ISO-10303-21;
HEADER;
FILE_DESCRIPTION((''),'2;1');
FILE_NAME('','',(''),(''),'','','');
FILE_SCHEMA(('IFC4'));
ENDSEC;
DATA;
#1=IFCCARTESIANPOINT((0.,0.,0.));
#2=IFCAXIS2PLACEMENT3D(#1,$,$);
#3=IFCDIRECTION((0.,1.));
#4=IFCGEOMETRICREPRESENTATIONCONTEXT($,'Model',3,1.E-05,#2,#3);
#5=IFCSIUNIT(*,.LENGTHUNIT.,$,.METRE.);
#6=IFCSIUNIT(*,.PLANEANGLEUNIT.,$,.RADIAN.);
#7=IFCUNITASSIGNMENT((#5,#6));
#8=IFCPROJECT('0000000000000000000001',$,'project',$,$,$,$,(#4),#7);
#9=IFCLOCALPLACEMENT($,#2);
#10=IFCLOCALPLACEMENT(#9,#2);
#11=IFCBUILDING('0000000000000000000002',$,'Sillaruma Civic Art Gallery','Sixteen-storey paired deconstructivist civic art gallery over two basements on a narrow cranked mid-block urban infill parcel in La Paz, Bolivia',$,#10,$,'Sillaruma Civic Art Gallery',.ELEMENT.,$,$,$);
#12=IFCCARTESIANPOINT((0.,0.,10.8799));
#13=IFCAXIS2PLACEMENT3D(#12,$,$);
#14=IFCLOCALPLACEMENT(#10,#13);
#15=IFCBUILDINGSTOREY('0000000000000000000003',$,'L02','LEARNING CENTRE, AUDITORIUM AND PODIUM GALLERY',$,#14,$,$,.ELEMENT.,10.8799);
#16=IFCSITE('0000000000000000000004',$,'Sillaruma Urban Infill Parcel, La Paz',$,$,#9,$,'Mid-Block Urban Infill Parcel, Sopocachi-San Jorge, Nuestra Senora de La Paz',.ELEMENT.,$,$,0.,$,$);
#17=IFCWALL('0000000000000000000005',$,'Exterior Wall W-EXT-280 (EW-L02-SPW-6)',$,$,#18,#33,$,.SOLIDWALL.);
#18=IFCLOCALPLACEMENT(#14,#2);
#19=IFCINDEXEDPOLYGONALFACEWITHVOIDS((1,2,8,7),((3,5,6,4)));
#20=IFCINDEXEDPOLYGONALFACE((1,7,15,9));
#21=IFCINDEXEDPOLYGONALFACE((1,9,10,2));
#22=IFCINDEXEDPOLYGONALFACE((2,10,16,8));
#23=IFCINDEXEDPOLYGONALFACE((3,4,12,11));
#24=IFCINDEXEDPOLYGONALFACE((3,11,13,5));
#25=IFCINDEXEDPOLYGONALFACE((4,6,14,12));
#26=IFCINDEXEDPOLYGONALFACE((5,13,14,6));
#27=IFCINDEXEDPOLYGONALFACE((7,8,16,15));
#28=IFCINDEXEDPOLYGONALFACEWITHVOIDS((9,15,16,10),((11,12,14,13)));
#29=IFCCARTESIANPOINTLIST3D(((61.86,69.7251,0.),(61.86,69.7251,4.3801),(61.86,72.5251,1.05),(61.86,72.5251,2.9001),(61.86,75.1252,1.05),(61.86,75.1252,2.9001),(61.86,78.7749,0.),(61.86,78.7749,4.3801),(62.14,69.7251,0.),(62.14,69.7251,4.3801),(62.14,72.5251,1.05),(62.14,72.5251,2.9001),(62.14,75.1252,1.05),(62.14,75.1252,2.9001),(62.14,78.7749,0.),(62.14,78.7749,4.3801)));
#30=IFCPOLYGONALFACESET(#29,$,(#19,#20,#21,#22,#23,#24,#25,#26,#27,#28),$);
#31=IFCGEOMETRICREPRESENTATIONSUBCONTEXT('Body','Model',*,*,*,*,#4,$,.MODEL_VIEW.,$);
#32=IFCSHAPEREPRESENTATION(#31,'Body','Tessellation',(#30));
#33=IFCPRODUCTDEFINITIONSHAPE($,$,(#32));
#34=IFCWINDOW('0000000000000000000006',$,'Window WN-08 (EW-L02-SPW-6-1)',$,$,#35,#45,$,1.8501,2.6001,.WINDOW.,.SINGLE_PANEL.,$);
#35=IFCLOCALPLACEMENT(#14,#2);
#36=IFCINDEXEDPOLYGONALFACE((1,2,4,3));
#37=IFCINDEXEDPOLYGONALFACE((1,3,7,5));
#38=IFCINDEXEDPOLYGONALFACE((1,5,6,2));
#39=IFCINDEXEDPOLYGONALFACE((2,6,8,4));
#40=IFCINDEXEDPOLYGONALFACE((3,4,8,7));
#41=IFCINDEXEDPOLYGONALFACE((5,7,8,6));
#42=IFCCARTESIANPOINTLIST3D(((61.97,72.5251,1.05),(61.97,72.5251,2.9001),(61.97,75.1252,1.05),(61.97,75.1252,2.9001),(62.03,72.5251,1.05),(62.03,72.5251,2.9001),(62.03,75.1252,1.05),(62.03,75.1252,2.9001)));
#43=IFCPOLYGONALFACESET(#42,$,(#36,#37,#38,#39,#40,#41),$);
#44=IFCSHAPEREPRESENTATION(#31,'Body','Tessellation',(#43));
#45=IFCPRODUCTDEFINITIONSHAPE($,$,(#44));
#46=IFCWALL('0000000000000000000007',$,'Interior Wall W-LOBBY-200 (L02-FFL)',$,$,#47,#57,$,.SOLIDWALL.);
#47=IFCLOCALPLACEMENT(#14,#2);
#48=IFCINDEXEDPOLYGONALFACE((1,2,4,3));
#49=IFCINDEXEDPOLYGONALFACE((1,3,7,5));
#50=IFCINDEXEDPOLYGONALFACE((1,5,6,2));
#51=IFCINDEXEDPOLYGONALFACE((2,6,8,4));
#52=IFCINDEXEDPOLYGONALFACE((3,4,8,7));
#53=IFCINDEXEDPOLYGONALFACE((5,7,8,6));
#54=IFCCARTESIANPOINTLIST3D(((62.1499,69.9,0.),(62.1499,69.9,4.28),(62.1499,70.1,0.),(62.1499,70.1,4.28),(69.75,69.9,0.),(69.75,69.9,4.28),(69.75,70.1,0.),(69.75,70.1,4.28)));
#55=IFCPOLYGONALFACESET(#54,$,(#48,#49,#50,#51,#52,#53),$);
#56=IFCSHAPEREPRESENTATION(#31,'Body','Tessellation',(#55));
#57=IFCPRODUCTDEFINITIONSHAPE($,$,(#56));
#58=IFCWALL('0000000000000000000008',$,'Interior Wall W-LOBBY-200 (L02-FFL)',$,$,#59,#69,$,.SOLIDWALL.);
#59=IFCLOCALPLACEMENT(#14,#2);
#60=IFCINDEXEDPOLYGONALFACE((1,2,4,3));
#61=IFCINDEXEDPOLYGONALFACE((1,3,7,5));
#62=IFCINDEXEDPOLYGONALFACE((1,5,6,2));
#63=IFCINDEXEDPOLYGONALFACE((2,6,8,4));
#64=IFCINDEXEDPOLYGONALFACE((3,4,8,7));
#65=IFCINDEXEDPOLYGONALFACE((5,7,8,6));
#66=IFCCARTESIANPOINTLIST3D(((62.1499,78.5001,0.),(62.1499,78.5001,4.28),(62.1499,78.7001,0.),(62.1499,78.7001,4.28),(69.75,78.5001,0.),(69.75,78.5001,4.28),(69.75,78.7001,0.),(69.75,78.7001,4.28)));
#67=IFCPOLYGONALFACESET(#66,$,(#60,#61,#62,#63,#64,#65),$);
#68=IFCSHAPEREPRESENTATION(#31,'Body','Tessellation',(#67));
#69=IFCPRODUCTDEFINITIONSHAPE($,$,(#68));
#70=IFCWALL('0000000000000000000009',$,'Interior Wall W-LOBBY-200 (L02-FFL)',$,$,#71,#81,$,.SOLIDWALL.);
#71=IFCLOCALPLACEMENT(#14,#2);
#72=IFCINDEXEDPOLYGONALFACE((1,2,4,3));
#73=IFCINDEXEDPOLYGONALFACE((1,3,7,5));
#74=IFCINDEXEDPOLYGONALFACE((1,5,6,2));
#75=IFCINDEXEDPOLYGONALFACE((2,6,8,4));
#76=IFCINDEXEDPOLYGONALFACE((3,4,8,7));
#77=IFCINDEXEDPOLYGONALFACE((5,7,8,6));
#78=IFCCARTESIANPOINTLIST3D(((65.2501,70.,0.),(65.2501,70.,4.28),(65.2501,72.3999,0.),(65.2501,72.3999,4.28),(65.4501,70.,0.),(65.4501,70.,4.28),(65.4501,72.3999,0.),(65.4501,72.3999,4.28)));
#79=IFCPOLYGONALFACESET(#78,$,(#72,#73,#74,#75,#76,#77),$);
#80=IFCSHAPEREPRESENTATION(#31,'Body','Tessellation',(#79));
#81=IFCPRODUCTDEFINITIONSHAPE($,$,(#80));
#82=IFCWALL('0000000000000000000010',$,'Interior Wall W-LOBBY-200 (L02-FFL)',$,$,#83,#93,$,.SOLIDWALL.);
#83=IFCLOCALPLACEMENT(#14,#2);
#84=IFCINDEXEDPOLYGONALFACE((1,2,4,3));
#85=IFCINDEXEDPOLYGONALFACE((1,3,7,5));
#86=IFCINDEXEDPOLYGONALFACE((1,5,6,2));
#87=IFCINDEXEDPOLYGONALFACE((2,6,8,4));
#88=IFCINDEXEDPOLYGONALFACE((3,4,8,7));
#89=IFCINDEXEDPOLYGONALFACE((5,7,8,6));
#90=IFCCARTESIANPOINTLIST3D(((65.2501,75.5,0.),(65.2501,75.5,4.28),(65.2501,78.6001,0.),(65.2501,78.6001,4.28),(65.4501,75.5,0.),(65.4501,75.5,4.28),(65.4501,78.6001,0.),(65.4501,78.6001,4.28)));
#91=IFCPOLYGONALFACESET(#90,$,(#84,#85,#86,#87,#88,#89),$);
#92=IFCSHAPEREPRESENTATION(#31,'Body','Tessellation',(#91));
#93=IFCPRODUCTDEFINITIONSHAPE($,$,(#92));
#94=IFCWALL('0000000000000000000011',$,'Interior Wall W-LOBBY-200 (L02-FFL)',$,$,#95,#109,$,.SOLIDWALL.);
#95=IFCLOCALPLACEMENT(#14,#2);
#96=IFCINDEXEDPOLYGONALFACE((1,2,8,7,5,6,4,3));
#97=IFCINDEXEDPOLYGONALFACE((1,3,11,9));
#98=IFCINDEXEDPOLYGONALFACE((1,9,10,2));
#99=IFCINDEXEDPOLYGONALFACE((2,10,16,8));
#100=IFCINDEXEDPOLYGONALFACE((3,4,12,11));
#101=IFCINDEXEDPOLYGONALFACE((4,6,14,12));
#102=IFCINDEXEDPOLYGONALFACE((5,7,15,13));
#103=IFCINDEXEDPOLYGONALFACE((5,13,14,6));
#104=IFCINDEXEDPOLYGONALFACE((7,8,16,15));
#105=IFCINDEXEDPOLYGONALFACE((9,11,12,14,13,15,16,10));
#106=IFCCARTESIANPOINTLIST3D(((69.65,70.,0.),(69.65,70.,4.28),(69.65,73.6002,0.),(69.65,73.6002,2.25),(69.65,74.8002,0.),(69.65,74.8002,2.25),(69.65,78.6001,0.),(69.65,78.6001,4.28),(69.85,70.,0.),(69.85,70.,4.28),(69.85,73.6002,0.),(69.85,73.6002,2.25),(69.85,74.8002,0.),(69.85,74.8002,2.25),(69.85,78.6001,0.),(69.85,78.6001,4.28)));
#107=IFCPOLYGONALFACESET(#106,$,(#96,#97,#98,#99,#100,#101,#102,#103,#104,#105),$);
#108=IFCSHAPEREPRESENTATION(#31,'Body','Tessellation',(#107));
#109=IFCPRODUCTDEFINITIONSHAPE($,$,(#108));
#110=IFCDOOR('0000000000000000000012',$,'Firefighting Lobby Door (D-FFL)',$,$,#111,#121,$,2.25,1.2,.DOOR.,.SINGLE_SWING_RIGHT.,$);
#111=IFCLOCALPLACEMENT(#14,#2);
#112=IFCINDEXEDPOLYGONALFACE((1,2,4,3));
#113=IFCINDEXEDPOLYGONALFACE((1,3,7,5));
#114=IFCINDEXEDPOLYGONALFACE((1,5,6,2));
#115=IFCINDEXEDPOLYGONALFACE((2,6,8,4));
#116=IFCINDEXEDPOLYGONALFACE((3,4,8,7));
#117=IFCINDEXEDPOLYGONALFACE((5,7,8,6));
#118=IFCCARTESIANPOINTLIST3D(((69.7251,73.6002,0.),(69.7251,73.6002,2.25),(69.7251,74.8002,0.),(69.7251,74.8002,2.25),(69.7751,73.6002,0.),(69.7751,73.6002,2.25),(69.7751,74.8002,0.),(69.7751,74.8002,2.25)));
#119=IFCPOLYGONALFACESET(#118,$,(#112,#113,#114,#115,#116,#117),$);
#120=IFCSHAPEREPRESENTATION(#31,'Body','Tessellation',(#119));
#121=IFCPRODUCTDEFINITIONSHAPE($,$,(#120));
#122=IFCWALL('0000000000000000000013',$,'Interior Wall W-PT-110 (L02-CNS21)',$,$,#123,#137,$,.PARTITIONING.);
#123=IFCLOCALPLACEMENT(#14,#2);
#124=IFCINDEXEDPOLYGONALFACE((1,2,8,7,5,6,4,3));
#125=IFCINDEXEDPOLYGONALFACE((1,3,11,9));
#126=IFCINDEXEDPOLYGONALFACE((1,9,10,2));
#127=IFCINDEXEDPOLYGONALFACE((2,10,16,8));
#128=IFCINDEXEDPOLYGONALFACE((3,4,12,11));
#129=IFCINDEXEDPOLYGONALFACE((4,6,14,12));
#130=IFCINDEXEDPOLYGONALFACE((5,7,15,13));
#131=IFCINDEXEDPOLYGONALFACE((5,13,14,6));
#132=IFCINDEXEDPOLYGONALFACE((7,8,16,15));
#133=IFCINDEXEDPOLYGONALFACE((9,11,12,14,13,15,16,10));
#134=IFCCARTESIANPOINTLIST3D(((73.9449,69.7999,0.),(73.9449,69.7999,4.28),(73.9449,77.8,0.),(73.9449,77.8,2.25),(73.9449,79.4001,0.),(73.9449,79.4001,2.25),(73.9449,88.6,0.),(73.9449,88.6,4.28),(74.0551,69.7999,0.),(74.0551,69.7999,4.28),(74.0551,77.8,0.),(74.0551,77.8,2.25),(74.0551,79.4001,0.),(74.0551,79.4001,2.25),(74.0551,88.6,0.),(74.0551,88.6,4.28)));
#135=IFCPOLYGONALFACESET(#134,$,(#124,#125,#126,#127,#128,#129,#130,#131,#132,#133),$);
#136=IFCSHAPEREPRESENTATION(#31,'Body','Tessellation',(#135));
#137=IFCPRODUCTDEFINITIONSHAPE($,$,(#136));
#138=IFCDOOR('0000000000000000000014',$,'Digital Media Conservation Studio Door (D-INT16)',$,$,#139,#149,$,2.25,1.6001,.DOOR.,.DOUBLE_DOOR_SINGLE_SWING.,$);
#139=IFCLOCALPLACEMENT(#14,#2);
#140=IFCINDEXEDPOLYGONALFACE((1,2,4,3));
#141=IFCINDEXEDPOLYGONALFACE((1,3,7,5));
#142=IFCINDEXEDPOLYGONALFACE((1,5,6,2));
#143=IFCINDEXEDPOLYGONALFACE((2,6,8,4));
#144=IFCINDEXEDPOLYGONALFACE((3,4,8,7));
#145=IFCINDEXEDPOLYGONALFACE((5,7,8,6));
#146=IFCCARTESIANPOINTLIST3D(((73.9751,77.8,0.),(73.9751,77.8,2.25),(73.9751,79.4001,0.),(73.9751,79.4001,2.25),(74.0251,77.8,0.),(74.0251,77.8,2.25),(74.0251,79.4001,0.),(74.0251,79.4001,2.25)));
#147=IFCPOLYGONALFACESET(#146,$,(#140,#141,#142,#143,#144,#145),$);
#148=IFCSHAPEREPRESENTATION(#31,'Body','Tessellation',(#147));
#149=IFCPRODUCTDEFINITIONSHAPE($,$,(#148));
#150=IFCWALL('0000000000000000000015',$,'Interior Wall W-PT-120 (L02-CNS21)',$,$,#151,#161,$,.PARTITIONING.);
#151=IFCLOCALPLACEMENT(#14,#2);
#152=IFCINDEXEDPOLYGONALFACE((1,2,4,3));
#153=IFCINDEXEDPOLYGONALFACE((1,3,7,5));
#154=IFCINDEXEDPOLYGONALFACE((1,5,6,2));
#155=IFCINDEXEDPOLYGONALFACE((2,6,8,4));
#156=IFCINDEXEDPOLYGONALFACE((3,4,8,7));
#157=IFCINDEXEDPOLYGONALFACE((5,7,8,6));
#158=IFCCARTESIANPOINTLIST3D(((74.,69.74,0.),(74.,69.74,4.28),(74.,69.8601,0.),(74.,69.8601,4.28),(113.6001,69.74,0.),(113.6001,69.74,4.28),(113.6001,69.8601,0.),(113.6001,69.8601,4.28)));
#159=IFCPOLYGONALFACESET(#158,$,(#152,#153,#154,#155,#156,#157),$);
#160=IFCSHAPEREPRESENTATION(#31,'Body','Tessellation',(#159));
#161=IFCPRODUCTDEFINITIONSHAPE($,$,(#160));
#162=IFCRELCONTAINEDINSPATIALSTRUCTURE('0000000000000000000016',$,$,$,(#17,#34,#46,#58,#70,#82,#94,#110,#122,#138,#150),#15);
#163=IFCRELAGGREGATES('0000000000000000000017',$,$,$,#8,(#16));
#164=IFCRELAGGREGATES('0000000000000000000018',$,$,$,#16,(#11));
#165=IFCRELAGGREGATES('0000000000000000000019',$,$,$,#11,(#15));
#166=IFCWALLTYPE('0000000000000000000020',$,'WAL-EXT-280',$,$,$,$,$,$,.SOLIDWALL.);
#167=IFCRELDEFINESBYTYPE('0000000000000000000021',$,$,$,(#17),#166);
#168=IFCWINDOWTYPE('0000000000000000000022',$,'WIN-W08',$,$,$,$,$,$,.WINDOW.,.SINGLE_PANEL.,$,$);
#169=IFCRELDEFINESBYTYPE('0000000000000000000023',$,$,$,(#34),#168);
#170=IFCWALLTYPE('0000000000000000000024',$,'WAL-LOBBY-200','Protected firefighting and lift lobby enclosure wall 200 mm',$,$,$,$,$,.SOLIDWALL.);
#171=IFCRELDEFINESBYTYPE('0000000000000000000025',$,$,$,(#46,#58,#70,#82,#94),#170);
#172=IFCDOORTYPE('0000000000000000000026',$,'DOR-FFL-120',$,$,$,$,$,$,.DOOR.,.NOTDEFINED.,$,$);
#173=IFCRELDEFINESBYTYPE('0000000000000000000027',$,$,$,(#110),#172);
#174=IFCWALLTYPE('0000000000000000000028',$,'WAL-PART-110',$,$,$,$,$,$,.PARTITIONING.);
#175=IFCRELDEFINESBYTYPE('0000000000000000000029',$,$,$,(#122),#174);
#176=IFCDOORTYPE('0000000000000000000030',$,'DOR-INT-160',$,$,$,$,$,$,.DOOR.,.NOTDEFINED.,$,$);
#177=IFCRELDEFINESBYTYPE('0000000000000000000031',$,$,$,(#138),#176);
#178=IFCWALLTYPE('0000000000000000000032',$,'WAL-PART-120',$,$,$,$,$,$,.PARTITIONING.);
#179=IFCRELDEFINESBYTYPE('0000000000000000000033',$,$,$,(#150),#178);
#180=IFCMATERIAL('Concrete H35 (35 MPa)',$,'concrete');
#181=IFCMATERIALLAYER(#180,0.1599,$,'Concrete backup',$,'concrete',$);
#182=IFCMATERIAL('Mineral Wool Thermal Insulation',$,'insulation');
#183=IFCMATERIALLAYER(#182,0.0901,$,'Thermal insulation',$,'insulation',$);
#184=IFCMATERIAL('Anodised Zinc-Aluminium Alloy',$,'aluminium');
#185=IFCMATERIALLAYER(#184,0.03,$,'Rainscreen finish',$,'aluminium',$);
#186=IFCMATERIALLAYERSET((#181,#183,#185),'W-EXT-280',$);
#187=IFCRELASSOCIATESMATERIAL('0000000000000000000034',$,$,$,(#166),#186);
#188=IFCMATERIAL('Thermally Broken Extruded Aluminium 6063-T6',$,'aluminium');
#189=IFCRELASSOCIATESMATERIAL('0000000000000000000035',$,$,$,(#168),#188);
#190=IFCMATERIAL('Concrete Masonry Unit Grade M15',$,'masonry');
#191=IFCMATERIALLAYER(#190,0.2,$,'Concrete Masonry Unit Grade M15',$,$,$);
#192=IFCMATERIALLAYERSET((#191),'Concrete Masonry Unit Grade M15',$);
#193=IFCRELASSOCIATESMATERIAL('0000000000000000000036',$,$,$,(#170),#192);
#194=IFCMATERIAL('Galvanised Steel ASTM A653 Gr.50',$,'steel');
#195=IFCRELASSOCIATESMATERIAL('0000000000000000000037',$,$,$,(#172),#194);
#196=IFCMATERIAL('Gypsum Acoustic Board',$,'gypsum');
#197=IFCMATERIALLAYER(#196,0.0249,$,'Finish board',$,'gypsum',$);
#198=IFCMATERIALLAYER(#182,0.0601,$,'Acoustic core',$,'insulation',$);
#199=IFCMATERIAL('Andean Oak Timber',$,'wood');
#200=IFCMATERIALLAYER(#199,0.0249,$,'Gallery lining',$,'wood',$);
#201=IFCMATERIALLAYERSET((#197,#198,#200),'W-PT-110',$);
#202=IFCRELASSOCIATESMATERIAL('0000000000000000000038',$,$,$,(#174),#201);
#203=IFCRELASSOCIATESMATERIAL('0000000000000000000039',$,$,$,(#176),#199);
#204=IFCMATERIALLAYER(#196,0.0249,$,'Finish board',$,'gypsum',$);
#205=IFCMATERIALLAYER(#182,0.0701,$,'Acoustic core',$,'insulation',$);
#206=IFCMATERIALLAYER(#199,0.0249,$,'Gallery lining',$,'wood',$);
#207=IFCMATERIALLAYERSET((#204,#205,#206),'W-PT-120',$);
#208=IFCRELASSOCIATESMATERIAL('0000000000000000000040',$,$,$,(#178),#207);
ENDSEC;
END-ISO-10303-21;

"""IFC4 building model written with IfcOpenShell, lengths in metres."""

from ifc_helpers import new_model, si_unit, direction, frame, frame_2d, origin, place, context, subcontext, project, spatial, rectangle, extrude, material, layer, layer_set, type_object, element, fill, save


model = new_model("IFC4")

# Units and contexts
model_context = context("Model", 3, precision=1e-05, world=origin(), true_north=direction((0.0, 1.0)))
body_context = subcontext(model_context, "Body", "Model", "MODEL_VIEW")
ifc_project = project(units=[si_unit("LENGTHUNIT", "METRE"), si_unit("PLANEANGLEUNIT", "RADIAN")], contexts=[model_context])

# Site, building, storey
site_placement = place(None, origin())
site = spatial("IfcSite", under=ifc_project, at=site_placement, Name="Sillaruma Urban Infill Parcel, La Paz", LongName="Mid-Block Urban Infill Parcel, Sopocachi-San Jorge, Nuestra Senora de La Paz", CompositionType="ELEMENT", RefElevation=0.0)
building_placement = place(site_placement, origin())
building = spatial("IfcBuilding", under=site, at=building_placement, Name="Sillaruma Civic Art Gallery", Description="Sixteen-storey paired deconstructivist civic art gallery over two basements on a narrow cranked mid-block urban infill parcel in La Paz, Bolivia", LongName="Sillaruma Civic Art Gallery", CompositionType="ELEMENT")
storey_placement = place(building_placement, frame((0.0, 0.0, 10.8799)))
storey = spatial("IfcBuildingStorey", under=building, at=storey_placement, Name="L02", Description="LEARNING CENTRE, AUDITORIUM AND PODIUM GALLERY", CompositionType="ELEMENT", Elevation=10.8799)

# Shared definitions
ifc_material_1 = material(Name="Concrete H35 (35 MPa)", Category="concrete")

# Wall, opening, window
ifc_layer_1 = layer(ifc_material_1, 0.1599, Name="Concrete backup", Category="concrete")
ifc_material_2 = material(Name="Mineral Wool Thermal Insulation", Category="insulation")
ifc_layer_2 = layer(ifc_material_2, 0.0901, Name="Thermal insulation", Category="insulation")
ifc_material_3 = material(Name="Anodised Zinc-Aluminium Alloy", Category="aluminium")
ifc_layer_3 = layer(ifc_material_3, 0.03, Name="Rainscreen finish", Category="aluminium")
ifc_layer_set_1 = layer_set([ifc_layer_1, ifc_layer_2, ifc_layer_3], Name="W-EXT-280")
wall_type_1 = type_object("IfcWallType", Name="WAL-EXT-280", PredefinedType="SOLIDWALL", material=ifc_layer_set_1)
wall_1_placement = place(storey_placement, frame((62.0, 69.7251, 0.0), z_axis=(0.0, 0.0, 1.0), x_axis=(0.0, 1.0, 0.0)))
wall_1 = element("IfcWall", 1, at=wall_1_placement, inside=storey, type_object=wall_type_1, Name="Exterior Wall W-EXT-280 (EW-L02-SPW-6)", PredefinedType="SOLIDWALL", context=body_context, shape_type="SweptSolid", body=[
    extrude(rectangle(XDim=9.0498, YDim=0.28, at=frame_2d((4.5249, 0.0))), origin(), (0.0, 0.0, 1.0), 4.3801),
])
opening_1_placement = place(wall_1_placement, frame((2.8, 0.0, 1.05)))
opening_1 = element("IfcOpeningElement", 2, at=opening_1_placement, cuts=wall_1, PredefinedType="OPENING", context=body_context, shape_type="SweptSolid", body=[
    extrude(rectangle(XDim=2.6001, YDim=1.8501, at=frame_2d((1.3, 0.925))), frame((0.0, 0.1499, 0.0), z_axis=(0.0, -1.0, 0.0), x_axis=(1.0, 0.0, 0.0)), (0.0, 0.0, 1.0), 0.3),
])
ifc_material_4 = material(Name="Thermally Broken Extruded Aluminium 6063-T6", Category="aluminium")
window_type = type_object("IfcWindowType", Name="WIN-W08", PartitioningType="SINGLE_PANEL", PredefinedType="WINDOW", material=ifc_material_4)
window_placement = place(opening_1_placement, origin())
window = element("IfcWindow", 3, at=window_placement, inside=storey, type_object=window_type, Name="Window WN-08 (EW-L02-SPW-6-1)", OverallHeight=1.8501, OverallWidth=2.6001, PartitioningType="SINGLE_PANEL", PredefinedType="WINDOW", context=body_context, shape_type="SweptSolid", body=[
    extrude(rectangle(XDim=2.6001, YDim=1.8501, at=frame_2d((1.3, 0.925))), frame((0.0, 0.03, 0.0), z_axis=(0.0, -1.0, 0.0), x_axis=(1.0, 0.0, 0.0)), (0.0, 0.0, 1.0), 0.0601),
])
fill(opening_1, window)

# Walls
ifc_material_5 = material(Name="Concrete Masonry Unit Grade M15", Category="masonry")
ifc_layer_4 = layer(ifc_material_5, 0.2, Name="Concrete Masonry Unit Grade M15")
ifc_layer_set_2 = layer_set([ifc_layer_4], Name="Concrete Masonry Unit Grade M15")
wall_type_2 = type_object("IfcWallType", Name="WAL-LOBBY-200", Description="Protected firefighting and lift lobby enclosure wall 200 mm", PredefinedType="SOLIDWALL", material=ifc_layer_set_2)
for number, where, z_axis, x_axis, name in (
    (4, (62.1499, 70.0, 0.0), (0.0, 0.0, 1.0), (1.0, 0.0, 0.0), "Interior Wall W-LOBBY-200 (L02-FFL)"),
    (5, (62.1499, 78.6001, 0.0), (0.0, 0.0, 1.0), (1.0, 0.0, 0.0), "Interior Wall W-LOBBY-200 (L02-FFL)"),
):
    element("IfcWall", number, at=place(storey_placement, frame(where, z_axis=z_axis, x_axis=x_axis)), inside=storey, type_object=wall_type_2, Name=name, PredefinedType="SOLIDWALL", context=body_context, shape_type="SweptSolid", body=[
        extrude(rectangle(XDim=7.6001, YDim=0.2, at=frame_2d((3.8, 0.0))), origin(), (0.0, 0.0, 1.0), 4.28),
    ])
wall_2_placement = place(storey_placement, frame((65.3501, 70.0, 0.0), z_axis=(0.0, 0.0, 1.0), x_axis=(0.0, 1.0, 0.0)))
element("IfcWall", 6, at=wall_2_placement, inside=storey, type_object=wall_type_2, Name="Interior Wall W-LOBBY-200 (L02-FFL)", PredefinedType="SOLIDWALL", context=body_context, shape_type="SweptSolid", body=[
    extrude(rectangle(XDim=2.3999, YDim=0.2, at=frame_2d((1.2, 0.0))), origin(), (0.0, 0.0, 1.0), 4.28),
])
wall_3_placement = place(storey_placement, frame((65.3501, 75.5, 0.0), z_axis=(0.0, 0.0, 1.0), x_axis=(0.0, 1.0, 0.0)))
element("IfcWall", 7, at=wall_3_placement, inside=storey, type_object=wall_type_2, Name="Interior Wall W-LOBBY-200 (L02-FFL)", PredefinedType="SOLIDWALL", context=body_context, shape_type="SweptSolid", body=[
    extrude(rectangle(XDim=3.1001, YDim=0.2, at=frame_2d((1.55, 0.0))), origin(), (0.0, 0.0, 1.0), 4.28),
])

# Walls, openings, doors
wall_4_placement = place(storey_placement, frame((69.75, 70.0, 0.0), z_axis=(0.0, 0.0, 1.0), x_axis=(0.0, 1.0, 0.0)))
wall_4 = element("IfcWall", 8, at=wall_4_placement, inside=storey, type_object=wall_type_2, Name="Interior Wall W-LOBBY-200 (L02-FFL)", PredefinedType="SOLIDWALL", context=body_context, shape_type="SweptSolid", body=[
    extrude(rectangle(XDim=8.6001, YDim=0.2, at=frame_2d((4.3, 0.0))), origin(), (0.0, 0.0, 1.0), 4.28),
])
opening_2_placement = place(wall_4_placement, frame((3.6001, 0.0, 0.0)))
opening_2 = element("IfcOpeningElement", 9, at=opening_2_placement, cuts=wall_4, PredefinedType="OPENING", context=body_context, shape_type="SweptSolid", body=[
    extrude(rectangle(XDim=1.2, YDim=2.25, at=frame_2d((0.6001, 1.125))), frame((0.0, 0.1099, 0.0), z_axis=(0.0, -1.0, 0.0), x_axis=(1.0, 0.0, 0.0)), (0.0, 0.0, 1.0), 0.22),
])
ifc_material_6 = material(Name="Galvanised Steel ASTM A653 Gr.50", Category="steel")
door_type_1 = type_object("IfcDoorType", Name="DOR-FFL-120", OperationType="NOTDEFINED", PredefinedType="DOOR", material=ifc_material_6)
door_1_placement = place(opening_2_placement, origin())
door_1 = element("IfcDoor", 10, at=door_1_placement, inside=storey, type_object=door_type_1, Name="Firefighting Lobby Door (D-FFL)", OperationType="SINGLE_SWING_RIGHT", OverallHeight=2.25, OverallWidth=1.2, PredefinedType="DOOR", context=body_context, shape_type="SweptSolid", body=[
    extrude(rectangle(XDim=1.2, YDim=2.25, at=frame_2d((0.6001, 1.125))), frame((0.0, 0.0249, 0.0), z_axis=(0.0, -1.0, 0.0), x_axis=(1.0, 0.0, 0.0)), (0.0, 0.0, 1.0), 0.05),
])
fill(opening_2, door_1)
ifc_material_7 = material(Name="Gypsum Acoustic Board", Category="gypsum")
ifc_layer_5 = layer(ifc_material_7, 0.0249, Name="Finish board", Category="gypsum")
ifc_layer_6 = layer(ifc_material_2, 0.0601, Name="Acoustic core", Category="insulation")
ifc_material_8 = material(Name="Andean Oak Timber", Category="wood")
ifc_layer_7 = layer(ifc_material_8, 0.0249, Name="Gallery lining", Category="wood")
ifc_layer_set_3 = layer_set([ifc_layer_5, ifc_layer_6, ifc_layer_7], Name="W-PT-110")
wall_type_3 = type_object("IfcWallType", Name="WAL-PART-110", PredefinedType="PARTITIONING", material=ifc_layer_set_3)
wall_5_placement = place(storey_placement, frame((74.0, 69.8, 0.0), z_axis=(0.0, 0.0, 1.0), x_axis=(0.0, 1.0, 0.0)))
wall_5 = element("IfcWall", 11, at=wall_5_placement, inside=storey, type_object=wall_type_3, Name="Interior Wall W-PT-110 (L02-CNS21)", PredefinedType="PARTITIONING", context=body_context, shape_type="SweptSolid", body=[
    extrude(rectangle(XDim=18.8, YDim=0.1101, at=frame_2d((9.3999, 0.0))), origin(), (0.0, 0.0, 1.0), 4.28),
])
opening_3_placement = place(wall_5_placement, frame((8.0, 0.0, 0.0)))
opening_3 = element("IfcOpeningElement", 12, at=opening_3_placement, cuts=wall_5, PredefinedType="OPENING", context=body_context, shape_type="SweptSolid", body=[
    extrude(rectangle(XDim=1.6001, YDim=2.25, at=frame_2d((0.8, 1.125))), frame((0.0, 0.0649, 0.0), z_axis=(0.0, -1.0, 0.0), x_axis=(1.0, 0.0, 0.0)), (0.0, 0.0, 1.0), 0.1301),
])
door_type_2 = type_object("IfcDoorType", Name="DOR-INT-160", OperationType="NOTDEFINED", PredefinedType="DOOR", material=ifc_material_8)
door_2_placement = place(opening_3_placement, origin())
door_2 = element("IfcDoor", 13, at=door_2_placement, inside=storey, type_object=door_type_2, Name="Digital Media Conservation Studio Door (D-INT16)", OperationType="DOUBLE_DOOR_SINGLE_SWING", OverallHeight=2.25, OverallWidth=1.6001, PredefinedType="DOOR", context=body_context, shape_type="SweptSolid", body=[
    extrude(rectangle(XDim=1.6001, YDim=2.25, at=frame_2d((0.8, 1.125))), frame((0.0, 0.0249, 0.0), z_axis=(0.0, -1.0, 0.0), x_axis=(1.0, 0.0, 0.0)), (0.0, 0.0, 1.0), 0.05),
])
fill(opening_3, door_2)

# Wall
ifc_layer_8 = layer(ifc_material_7, 0.0249, Name="Finish board", Category="gypsum")
ifc_layer_9 = layer(ifc_material_2, 0.0701, Name="Acoustic core", Category="insulation")
ifc_layer_10 = layer(ifc_material_8, 0.0249, Name="Gallery lining", Category="wood")
ifc_layer_set_4 = layer_set([ifc_layer_8, ifc_layer_9, ifc_layer_10], Name="W-PT-120")
wall_type_4 = type_object("IfcWallType", Name="WAL-PART-120", PredefinedType="PARTITIONING", material=ifc_layer_set_4)
wall_6_placement = place(storey_placement, frame((74.0, 69.8, 0.0), z_axis=(0.0, 0.0, 1.0), x_axis=(1.0, 0.0, 0.0)))
element("IfcWall", 14, at=wall_6_placement, inside=storey, type_object=wall_type_4, Name="Interior Wall W-PT-120 (L02-CNS21)", PredefinedType="PARTITIONING", context=body_context, shape_type="SweptSolid", body=[
    extrude(rectangle(XDim=39.6001, YDim=0.1201, at=frame_2d((19.8, 0.0))), origin(), (0.0, 0.0, 1.0), 4.28),
])

save(model, "model.ifc")
